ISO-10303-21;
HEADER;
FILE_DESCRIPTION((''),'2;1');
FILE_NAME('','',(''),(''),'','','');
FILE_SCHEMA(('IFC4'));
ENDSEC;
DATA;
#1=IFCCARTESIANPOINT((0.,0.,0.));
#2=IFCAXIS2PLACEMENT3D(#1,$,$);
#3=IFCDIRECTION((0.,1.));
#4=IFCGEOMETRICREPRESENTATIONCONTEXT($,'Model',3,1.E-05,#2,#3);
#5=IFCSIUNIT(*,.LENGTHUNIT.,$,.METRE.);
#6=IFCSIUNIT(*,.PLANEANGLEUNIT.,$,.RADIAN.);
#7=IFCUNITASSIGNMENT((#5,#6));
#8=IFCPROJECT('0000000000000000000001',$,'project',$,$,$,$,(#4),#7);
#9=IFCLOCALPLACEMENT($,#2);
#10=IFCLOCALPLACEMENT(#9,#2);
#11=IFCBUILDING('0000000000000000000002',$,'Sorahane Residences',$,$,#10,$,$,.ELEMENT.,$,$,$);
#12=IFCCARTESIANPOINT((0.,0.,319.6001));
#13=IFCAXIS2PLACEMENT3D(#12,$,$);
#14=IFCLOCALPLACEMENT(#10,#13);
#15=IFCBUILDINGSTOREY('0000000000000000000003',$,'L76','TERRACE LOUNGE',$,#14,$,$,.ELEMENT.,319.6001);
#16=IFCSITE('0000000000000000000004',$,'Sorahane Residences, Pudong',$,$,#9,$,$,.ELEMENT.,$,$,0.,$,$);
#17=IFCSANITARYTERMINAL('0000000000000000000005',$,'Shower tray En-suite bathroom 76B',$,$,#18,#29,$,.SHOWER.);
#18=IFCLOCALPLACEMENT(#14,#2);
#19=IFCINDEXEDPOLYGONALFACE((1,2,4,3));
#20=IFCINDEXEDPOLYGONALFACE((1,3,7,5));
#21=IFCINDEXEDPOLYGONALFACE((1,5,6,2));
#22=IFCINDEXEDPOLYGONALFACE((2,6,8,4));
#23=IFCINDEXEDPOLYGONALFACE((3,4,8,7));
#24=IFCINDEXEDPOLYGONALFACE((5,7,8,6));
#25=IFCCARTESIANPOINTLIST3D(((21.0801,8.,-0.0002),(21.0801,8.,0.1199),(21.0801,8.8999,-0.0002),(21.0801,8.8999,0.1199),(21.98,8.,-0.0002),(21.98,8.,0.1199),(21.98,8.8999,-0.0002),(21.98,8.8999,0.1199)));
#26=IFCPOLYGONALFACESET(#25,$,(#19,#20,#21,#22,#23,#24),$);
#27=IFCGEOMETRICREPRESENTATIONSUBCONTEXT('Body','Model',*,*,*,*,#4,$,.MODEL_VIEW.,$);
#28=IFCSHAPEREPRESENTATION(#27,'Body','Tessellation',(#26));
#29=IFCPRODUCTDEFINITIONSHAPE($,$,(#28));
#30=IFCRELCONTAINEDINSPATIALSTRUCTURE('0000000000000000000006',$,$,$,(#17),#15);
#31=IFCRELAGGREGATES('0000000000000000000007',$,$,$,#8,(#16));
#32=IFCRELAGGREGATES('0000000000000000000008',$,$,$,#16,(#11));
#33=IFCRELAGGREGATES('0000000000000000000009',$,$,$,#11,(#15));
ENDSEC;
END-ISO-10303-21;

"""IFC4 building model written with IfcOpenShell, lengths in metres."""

from ifc_helpers import new_model, si_unit, direction, frame, origin, origin_2d, place, context, subcontext, project, spatial, rectangle, extrude, element, save


model = new_model("IFC4")

# Units and contexts
model_context = context("Model", 3, precision=1e-05, world=origin(), true_north=direction((0.0, 1.0)))
body_context = subcontext(model_context, "Body", "Model", "MODEL_VIEW")
ifc_project = project(units=[si_unit("LENGTHUNIT", "METRE"), si_unit("PLANEANGLEUNIT", "RADIAN")], contexts=[model_context])

# Site, building, storey
site_placement = place(None, origin())
site = spatial("IfcSite", under=ifc_project, at=site_placement, Name="Sorahane Residences, Pudong", CompositionType="ELEMENT", RefElevation=0.0)
building_placement = place(site_placement, origin())
building = spatial("IfcBuilding", under=site, at=building_placement, Name="Sorahane Residences", CompositionType="ELEMENT")
storey_placement = place(building_placement, frame((0.0, 0.0, 319.6001)))
storey = spatial("IfcBuildingStorey", under=building, at=storey_placement, Name="L76", Description="TERRACE LOUNGE", CompositionType="ELEMENT", Elevation=319.6001)

# Sanitary terminal
sanitary_terminal_placement = place(storey_placement, frame((21.53, 8.45, -0.0002), z_axis=(0.0, 0.0, 1.0), x_axis=(1.0, 0.0, 0.0)))
element("IfcSanitaryTerminal", 1, at=sanitary_terminal_placement, inside=storey, Name="Shower tray En-suite bathroom 76B", PredefinedType="SHOWER", context=body_context, shape_type="SweptSolid", body=[
    extrude(rectangle(XDim=0.8999, YDim=0.8999, at=origin_2d()), origin(), (0.0, 0.0, 1.0), 0.1201),
])

save(model, "model.ifc")
